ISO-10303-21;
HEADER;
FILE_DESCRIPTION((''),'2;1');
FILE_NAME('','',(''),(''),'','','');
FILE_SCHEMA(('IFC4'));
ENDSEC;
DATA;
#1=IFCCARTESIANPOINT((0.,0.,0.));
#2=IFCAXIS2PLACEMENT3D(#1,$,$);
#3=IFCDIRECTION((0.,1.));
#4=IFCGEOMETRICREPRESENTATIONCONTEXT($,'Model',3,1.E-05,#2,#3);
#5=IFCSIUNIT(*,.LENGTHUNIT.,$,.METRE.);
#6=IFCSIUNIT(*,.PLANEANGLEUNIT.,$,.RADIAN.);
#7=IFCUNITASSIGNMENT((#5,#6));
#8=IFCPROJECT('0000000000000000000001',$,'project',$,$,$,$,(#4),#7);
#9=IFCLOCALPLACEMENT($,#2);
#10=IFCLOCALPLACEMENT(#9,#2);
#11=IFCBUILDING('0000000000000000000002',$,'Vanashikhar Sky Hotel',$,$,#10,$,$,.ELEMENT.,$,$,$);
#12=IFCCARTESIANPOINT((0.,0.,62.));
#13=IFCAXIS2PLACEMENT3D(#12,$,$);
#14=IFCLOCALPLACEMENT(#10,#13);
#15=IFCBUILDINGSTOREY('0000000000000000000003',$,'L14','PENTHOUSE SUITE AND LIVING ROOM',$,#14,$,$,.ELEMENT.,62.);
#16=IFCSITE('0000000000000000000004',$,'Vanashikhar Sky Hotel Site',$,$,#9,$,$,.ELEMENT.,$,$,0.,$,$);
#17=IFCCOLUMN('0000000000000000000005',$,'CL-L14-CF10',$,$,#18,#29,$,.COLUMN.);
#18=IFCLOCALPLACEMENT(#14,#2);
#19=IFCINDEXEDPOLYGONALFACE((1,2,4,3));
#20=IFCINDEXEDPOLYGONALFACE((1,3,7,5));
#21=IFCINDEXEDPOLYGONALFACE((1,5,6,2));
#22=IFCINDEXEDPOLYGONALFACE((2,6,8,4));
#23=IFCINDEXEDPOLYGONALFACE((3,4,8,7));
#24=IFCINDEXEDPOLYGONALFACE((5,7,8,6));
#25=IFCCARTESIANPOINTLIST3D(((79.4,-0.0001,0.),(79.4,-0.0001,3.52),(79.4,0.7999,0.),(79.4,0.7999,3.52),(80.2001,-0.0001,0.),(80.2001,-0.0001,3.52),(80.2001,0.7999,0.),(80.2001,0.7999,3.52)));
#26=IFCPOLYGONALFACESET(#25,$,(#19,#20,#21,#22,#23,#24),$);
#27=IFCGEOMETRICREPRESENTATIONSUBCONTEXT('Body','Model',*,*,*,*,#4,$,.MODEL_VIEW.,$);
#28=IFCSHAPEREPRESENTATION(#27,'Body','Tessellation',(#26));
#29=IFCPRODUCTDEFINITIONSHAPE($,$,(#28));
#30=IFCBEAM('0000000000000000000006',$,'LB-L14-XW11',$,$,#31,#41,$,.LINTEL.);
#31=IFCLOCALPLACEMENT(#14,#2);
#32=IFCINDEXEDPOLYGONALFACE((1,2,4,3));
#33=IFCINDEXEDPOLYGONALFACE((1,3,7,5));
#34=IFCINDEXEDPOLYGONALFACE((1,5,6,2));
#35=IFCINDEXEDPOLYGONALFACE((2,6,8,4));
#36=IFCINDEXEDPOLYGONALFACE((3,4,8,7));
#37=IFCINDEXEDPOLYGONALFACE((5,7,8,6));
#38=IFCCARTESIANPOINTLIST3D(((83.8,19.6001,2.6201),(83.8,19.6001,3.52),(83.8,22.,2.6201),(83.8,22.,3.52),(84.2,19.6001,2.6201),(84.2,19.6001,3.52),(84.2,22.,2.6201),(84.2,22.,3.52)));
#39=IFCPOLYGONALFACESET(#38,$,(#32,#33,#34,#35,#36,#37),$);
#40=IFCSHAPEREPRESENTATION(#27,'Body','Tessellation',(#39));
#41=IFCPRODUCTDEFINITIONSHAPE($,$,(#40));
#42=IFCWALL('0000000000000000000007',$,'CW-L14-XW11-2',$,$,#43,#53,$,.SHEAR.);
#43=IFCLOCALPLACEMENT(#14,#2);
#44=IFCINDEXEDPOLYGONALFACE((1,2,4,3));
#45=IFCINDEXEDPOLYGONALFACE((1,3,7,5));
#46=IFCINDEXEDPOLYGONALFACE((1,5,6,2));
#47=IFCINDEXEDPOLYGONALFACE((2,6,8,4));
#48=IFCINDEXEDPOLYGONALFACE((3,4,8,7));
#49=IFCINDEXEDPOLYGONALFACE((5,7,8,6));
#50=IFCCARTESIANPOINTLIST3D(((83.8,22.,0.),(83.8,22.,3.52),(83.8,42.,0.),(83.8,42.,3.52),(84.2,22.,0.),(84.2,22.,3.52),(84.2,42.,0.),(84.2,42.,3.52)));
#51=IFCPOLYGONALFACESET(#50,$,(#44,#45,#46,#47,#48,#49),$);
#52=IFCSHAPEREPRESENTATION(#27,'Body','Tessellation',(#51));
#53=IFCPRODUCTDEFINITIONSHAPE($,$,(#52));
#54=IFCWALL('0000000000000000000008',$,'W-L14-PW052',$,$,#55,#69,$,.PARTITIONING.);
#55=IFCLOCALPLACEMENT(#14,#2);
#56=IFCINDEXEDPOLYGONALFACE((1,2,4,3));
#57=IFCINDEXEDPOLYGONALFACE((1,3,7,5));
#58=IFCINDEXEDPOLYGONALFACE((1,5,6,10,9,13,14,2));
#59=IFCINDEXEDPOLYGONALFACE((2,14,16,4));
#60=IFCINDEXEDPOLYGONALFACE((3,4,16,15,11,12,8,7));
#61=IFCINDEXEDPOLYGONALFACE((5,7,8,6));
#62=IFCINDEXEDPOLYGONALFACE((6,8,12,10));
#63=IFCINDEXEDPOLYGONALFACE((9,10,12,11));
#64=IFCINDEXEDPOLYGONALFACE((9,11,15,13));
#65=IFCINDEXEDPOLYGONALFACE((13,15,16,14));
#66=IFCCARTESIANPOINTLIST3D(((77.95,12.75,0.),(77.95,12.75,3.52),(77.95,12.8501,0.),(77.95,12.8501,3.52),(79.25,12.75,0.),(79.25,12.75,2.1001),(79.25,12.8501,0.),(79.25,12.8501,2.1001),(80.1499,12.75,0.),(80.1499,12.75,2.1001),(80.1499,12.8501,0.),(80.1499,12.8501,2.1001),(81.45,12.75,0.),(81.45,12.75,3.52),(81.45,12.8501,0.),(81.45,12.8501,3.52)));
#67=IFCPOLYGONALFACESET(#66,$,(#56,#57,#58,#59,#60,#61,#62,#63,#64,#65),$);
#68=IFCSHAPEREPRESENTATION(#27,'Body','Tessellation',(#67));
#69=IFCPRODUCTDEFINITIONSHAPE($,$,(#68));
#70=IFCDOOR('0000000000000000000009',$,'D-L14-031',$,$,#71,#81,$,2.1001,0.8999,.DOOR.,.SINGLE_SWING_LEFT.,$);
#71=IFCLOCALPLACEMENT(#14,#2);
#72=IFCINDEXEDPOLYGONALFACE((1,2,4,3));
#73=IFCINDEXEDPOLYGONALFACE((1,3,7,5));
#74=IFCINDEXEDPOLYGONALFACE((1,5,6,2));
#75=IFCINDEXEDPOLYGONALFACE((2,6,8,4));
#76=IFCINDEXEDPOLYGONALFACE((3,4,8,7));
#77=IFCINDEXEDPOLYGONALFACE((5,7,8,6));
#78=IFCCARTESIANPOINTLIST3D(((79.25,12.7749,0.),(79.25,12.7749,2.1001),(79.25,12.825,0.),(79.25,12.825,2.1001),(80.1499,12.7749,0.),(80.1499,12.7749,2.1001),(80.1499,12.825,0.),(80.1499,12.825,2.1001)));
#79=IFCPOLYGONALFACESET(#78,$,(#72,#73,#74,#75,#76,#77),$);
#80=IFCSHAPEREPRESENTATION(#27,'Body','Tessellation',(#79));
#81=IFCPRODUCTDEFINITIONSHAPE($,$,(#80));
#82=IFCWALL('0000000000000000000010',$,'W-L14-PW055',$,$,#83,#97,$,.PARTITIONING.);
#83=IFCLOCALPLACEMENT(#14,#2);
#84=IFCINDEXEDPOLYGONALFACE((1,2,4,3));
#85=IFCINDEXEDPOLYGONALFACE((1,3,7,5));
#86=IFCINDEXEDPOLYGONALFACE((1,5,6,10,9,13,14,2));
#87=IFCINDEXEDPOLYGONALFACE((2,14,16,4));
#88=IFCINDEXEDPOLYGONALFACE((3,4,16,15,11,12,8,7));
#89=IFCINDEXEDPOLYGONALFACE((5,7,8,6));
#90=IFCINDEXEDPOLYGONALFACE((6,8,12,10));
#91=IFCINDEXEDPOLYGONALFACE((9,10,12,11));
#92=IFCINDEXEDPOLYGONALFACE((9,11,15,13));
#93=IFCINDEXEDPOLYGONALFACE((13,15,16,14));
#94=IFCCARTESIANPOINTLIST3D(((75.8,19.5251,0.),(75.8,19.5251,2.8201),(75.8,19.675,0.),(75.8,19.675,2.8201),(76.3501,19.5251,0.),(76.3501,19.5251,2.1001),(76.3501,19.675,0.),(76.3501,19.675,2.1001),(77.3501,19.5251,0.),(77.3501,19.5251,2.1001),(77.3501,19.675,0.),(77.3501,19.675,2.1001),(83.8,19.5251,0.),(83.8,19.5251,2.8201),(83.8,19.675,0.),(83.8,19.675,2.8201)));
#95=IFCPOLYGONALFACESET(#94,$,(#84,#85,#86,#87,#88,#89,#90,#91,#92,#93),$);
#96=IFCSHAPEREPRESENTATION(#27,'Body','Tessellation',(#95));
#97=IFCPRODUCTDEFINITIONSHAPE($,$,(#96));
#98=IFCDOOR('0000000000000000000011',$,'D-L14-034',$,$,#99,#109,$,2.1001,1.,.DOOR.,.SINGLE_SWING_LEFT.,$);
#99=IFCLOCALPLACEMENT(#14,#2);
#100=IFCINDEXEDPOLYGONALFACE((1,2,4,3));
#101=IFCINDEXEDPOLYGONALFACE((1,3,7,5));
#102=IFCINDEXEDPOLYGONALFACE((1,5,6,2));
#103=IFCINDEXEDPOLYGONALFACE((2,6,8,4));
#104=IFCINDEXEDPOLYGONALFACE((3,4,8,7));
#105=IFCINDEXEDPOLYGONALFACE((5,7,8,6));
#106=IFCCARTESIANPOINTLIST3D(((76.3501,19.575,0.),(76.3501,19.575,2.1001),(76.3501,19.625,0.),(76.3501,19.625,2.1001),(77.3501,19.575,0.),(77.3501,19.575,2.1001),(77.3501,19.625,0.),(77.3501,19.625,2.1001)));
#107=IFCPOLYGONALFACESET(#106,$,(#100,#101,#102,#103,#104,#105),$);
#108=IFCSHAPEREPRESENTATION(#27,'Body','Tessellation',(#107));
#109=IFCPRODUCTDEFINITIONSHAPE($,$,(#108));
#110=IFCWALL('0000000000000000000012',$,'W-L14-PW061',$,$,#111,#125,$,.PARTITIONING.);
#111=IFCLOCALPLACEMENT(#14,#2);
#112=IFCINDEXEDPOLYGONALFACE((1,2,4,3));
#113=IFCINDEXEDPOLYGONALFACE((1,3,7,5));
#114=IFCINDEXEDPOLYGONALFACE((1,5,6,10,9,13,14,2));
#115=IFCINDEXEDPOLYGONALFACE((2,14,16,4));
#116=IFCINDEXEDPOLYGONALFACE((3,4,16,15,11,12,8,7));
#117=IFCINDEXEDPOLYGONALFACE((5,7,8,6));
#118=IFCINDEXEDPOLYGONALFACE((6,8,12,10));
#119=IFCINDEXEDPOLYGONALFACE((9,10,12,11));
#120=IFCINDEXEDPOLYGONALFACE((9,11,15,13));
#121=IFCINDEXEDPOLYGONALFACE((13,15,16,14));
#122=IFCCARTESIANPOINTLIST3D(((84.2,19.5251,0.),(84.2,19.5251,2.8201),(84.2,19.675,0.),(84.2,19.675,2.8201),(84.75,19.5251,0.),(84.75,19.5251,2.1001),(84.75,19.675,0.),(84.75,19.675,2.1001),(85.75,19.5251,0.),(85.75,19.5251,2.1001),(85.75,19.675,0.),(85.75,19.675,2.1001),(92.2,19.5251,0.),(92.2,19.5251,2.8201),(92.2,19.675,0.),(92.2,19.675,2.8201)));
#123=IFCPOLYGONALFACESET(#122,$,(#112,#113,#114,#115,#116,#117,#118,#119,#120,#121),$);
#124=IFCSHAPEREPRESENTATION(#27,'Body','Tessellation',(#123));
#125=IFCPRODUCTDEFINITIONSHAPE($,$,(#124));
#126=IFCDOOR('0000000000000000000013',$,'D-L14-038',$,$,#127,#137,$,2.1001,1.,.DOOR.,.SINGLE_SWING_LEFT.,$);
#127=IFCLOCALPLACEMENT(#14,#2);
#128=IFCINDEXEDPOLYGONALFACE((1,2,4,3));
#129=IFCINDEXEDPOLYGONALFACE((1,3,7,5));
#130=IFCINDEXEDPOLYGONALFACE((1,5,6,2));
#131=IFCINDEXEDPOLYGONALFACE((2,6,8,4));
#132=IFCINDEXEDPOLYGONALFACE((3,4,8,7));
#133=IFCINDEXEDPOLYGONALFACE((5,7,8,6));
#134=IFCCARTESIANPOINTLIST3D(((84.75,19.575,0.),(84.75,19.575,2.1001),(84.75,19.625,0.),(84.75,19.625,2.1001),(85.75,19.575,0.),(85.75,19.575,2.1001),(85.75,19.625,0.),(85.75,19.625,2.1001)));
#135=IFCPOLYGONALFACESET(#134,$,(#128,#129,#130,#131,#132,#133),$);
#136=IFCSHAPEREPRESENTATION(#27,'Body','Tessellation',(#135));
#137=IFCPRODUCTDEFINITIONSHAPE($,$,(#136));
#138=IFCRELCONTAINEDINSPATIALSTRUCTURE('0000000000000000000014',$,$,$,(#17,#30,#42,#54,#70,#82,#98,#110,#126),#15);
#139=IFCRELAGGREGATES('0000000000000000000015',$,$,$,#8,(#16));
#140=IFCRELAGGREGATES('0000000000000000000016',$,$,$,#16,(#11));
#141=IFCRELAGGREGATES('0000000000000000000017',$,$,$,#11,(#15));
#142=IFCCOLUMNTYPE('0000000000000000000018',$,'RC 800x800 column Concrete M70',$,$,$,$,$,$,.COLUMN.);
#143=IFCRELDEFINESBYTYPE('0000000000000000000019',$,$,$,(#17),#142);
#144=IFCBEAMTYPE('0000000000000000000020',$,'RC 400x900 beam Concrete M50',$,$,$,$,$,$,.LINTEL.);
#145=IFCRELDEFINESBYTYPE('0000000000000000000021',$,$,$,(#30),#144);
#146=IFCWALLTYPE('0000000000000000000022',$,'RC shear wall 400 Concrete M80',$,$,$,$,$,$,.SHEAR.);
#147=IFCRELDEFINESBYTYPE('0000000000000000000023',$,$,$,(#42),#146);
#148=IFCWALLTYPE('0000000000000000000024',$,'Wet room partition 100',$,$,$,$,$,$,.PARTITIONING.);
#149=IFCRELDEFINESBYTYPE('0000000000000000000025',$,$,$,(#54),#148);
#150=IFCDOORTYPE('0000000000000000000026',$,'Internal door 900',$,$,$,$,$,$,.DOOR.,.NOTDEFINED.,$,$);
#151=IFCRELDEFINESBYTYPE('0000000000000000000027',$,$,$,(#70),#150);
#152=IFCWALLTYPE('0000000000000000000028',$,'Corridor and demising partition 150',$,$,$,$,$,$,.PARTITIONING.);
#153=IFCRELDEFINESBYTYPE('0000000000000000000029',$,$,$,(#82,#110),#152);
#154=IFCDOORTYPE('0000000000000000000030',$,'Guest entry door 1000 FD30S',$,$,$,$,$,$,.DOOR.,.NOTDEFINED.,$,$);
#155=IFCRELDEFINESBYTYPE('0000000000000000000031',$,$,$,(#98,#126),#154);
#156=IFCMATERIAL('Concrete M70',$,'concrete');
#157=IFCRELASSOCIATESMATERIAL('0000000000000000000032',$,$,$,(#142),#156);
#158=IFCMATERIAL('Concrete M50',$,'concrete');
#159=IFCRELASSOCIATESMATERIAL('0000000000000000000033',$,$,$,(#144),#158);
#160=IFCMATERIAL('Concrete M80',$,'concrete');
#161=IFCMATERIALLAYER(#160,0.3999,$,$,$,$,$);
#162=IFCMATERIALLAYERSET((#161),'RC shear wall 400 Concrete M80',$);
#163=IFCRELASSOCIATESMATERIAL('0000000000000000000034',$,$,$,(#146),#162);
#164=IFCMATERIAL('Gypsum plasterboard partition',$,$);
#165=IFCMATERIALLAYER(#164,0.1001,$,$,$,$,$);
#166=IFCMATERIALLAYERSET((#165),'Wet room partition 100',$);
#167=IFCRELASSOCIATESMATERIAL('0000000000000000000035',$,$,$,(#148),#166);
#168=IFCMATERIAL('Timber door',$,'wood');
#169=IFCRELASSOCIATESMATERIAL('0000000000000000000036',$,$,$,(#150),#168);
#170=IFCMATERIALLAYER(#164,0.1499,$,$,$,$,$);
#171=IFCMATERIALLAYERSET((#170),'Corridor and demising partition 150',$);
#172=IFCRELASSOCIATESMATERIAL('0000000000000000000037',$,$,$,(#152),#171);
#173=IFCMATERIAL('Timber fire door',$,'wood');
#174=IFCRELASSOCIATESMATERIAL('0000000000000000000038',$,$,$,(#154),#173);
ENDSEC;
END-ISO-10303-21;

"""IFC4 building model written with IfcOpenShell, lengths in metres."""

from ifc_helpers import new_model, si_unit, direction, frame, frame_2d, origin, origin_2d, place, context, subcontext, project, spatial, rectangle, extrude, source, transform, mapped, material, layer, layer_set, material_profile, profile_set, type_object, element, fill, save


model = new_model("IFC4")

# Units and contexts
model_context = context("Model", 3, precision=1e-05, world=origin(), true_north=direction((0.0, 1.0)))
body_context = subcontext(model_context, "Body", "Model", "MODEL_VIEW")
ifc_project = project(units=[si_unit("LENGTHUNIT", "METRE"), si_unit("PLANEANGLEUNIT", "RADIAN")], contexts=[model_context])

# Site, building, storey
site_placement = place(None, origin())
site = spatial("IfcSite", under=ifc_project, at=site_placement, Name="Vanashikhar Sky Hotel Site", CompositionType="ELEMENT", RefElevation=0.0)
building_placement = place(site_placement, origin())
building = spatial("IfcBuilding", under=site, at=building_placement, Name="Vanashikhar Sky Hotel", CompositionType="ELEMENT")
storey_placement = place(building_placement, frame((0.0, 0.0, 62.0)))
storey = spatial("IfcBuildingStorey", under=building, at=storey_placement, Name="L14", Description="PENTHOUSE SUITE AND LIVING ROOM", CompositionType="ELEMENT", Elevation=62.0)

# Column
ifc_material_1 = material(Name="Concrete M70", Category="concrete")
ifc_material_profile_1 = material_profile(ifc_material_1, rectangle(XDim=0.8, YDim=0.8, at=origin_2d()))
ifc_profile_set_1 = profile_set([ifc_material_profile_1], Name="RC 800x800 column Concrete M70")
column_type = type_object("IfcColumnType", Name="RC 800x800 column Concrete M70", PredefinedType="COLUMN", material=ifc_profile_set_1)
shared_shape_1 = source(origin(), body_context, "Body", "SweptSolid", [
    extrude(rectangle(XDim=0.8, YDim=0.8, at=origin_2d()), origin(), (0.0, 0.0, 1.0), 3.52),
])
column_placement = place(storey_placement, frame((79.8, 0.3999, 0.0), z_axis=(0.0, 0.0, 1.0), x_axis=(1.0, 0.0, 0.0)))
element("IfcColumn", 1, at=column_placement, inside=storey, type_object=column_type, Name="CL-L14-CF10", PredefinedType="COLUMN", context=body_context, shape_type="MappedRepresentation", body=[
    mapped(shared_shape_1, transform((0.0, 0.0, 0.0), scale=1.0)),
])

# Beam
ifc_material_2 = material(Name="Concrete M50", Category="concrete")
ifc_material_profile_2 = material_profile(ifc_material_2, rectangle(XDim=0.3999, YDim=0.8999, at=origin_2d()))
ifc_profile_set_2 = profile_set([ifc_material_profile_2], Name="RC 400x900 beam Concrete M50")
beam_type = type_object("IfcBeamType", Name="RC 400x900 beam Concrete M50", PredefinedType="LINTEL", material=ifc_profile_set_2)
shared_shape_2 = source(origin(), body_context, "Body", "SweptSolid", [
    extrude(rectangle(XDim=0.3999, YDim=0.8999, at=origin_2d()), origin(), (0.0, 0.0, 1.0), 2.3999),
])
beam_placement = place(storey_placement, frame((84.0, 19.6001, 3.0701), z_axis=(0.0, 1.0, 0.0), x_axis=(-1.0, 0.0, 0.0)))
element("IfcBeam", 2, at=beam_placement, inside=storey, type_object=beam_type, Name="LB-L14-XW11", PredefinedType="LINTEL", context=body_context, shape_type="MappedRepresentation", body=[
    mapped(shared_shape_2, transform((0.0, 0.0, 0.0), scale=1.0)),
])

# Wall
ifc_material_3 = material(Name="Concrete M80", Category="concrete")
ifc_layer_1 = layer(ifc_material_3, 0.3999)
ifc_layer_set_1 = layer_set([ifc_layer_1], Name="RC shear wall 400 Concrete M80")
wall_type_1 = type_object("IfcWallType", Name="RC shear wall 400 Concrete M80", PredefinedType="SHEAR", material=ifc_layer_set_1)
shared_shape_3 = source(origin(), body_context, "Body", "SweptSolid", [
    extrude(rectangle(XDim=20.0, YDim=0.3999, at=frame_2d((10.0, 0.0))), origin(), (0.0, 0.0, 1.0), 3.52),
])
wall_1_placement = place(storey_placement, frame((84.0, 22.0, 0.0), z_axis=(0.0, 0.0, 1.0), x_axis=(0.0, 1.0, 0.0)))
element("IfcWall", 3, at=wall_1_placement, inside=storey, type_object=wall_type_1, Name="CW-L14-XW11-2", PredefinedType="SHEAR", context=body_context, shape_type="MappedRepresentation", body=[
    mapped(shared_shape_3, transform((0.0, 0.0, 0.0), scale=1.0)),
])

# Walls, openings, doors
ifc_material_4 = material(Name="Gypsum plasterboard partition")
ifc_layer_2 = layer(ifc_material_4, 0.1001)
ifc_layer_set_2 = layer_set([ifc_layer_2], Name="Wet room partition 100")
wall_type_2 = type_object("IfcWallType", Name="Wet room partition 100", PredefinedType="PARTITIONING", material=ifc_layer_set_2)
shared_shape_4 = source(origin(), body_context, "Body", "SweptSolid", [
    extrude(rectangle(XDim=3.5, YDim=0.1001, at=frame_2d((1.75, 0.0))), origin(), (0.0, 0.0, 1.0), 3.52),
])
wall_2_placement = place(storey_placement, frame((77.95, 12.8, 0.0), z_axis=(0.0, 0.0, 1.0), x_axis=(1.0, 0.0, 0.0)))
wall_2 = element("IfcWall", 4, at=wall_2_placement, inside=storey, type_object=wall_type_2, Name="W-L14-PW052", PredefinedType="PARTITIONING", context=body_context, shape_type="MappedRepresentation", body=[
    mapped(shared_shape_4, transform((0.0, 0.0, 0.0), scale=1.0)),
])
shared_shape_5 = source(origin(), body_context, "Body", "SweptSolid", [
    extrude(rectangle(XDim=0.8999, YDim=2.1001, at=frame_2d((0.45, 1.05))), frame((0.0, 0.0601, 0.0), z_axis=(0.0, -1.0, 0.0), x_axis=(1.0, 0.0, 0.0)), (0.0, 0.0, 1.0), 0.1201),
])
opening_1_placement = place(wall_2_placement, frame((1.3, 0.0, 0.0)))
opening_1 = element("IfcOpeningElement", 5, at=opening_1_placement, cuts=wall_2, PredefinedType="OPENING", context=body_context, shape_type="MappedRepresentation", body=[
    mapped(shared_shape_5, transform((0.0, 0.0, 0.0), scale=1.0)),
])
ifc_material_5 = material(Name="Timber door", Category="wood")
door_type_1 = type_object("IfcDoorType", Name="Internal door 900", OperationType="NOTDEFINED", PredefinedType="DOOR", material=ifc_material_5)
shared_shape_6 = source(origin(), body_context, "Body", "SweptSolid", [
    extrude(rectangle(XDim=0.8999, YDim=2.1001, at=frame_2d((0.45, 1.05))), frame((0.0, 0.0249, 0.0), z_axis=(0.0, -1.0, 0.0), x_axis=(1.0, 0.0, 0.0)), (0.0, 0.0, 1.0), 0.05),
])
door_1_placement = place(opening_1_placement, origin())
door_1 = element("IfcDoor", 6, at=door_1_placement, inside=storey, type_object=door_type_1, Name="D-L14-031", OperationType="SINGLE_SWING_LEFT", OverallHeight=2.1001, OverallWidth=0.8999, PredefinedType="DOOR", context=body_context, shape_type="MappedRepresentation", body=[
    mapped(shared_shape_6, transform((0.0, 0.0, 0.0), scale=1.0)),
])
fill(opening_1, door_1)
ifc_layer_3 = layer(ifc_material_4, 0.1499)
ifc_layer_set_3 = layer_set([ifc_layer_3], Name="Corridor and demising partition 150")
wall_type_3 = type_object("IfcWallType", Name="Corridor and demising partition 150", PredefinedType="PARTITIONING", material=ifc_layer_set_3)
shared_shape_7 = source(origin(), body_context, "Body", "SweptSolid", [
    extrude(rectangle(XDim=8.0, YDim=0.1499, at=frame_2d((4.0, 0.0))), origin(), (0.0, 0.0, 1.0), 2.8201),
])
wall_3_placement = place(storey_placement, frame((75.8, 19.6001, 0.0), z_axis=(0.0, 0.0, 1.0), x_axis=(1.0, 0.0, 0.0)))
wall_3 = element("IfcWall", 7, at=wall_3_placement, inside=storey, type_object=wall_type_3, Name="W-L14-PW055", PredefinedType="PARTITIONING", context=body_context, shape_type="MappedRepresentation", body=[
    mapped(shared_shape_7, transform((0.0, 0.0, 0.0), scale=1.0)),
])
shared_shape_8 = source(origin(), body_context, "Body", "SweptSolid", [
    extrude(rectangle(XDim=1.0, YDim=2.1001, at=frame_2d((0.5, 1.05))), frame((0.0, 0.085, 0.0), z_axis=(0.0, -1.0, 0.0), x_axis=(1.0, 0.0, 0.0)), (0.0, 0.0, 1.0), 0.1699),
])
opening_2_placement = place(wall_3_placement, frame((0.55, 0.0, 0.0)))
opening_2 = element("IfcOpeningElement", 8, at=opening_2_placement, cuts=wall_3, PredefinedType="OPENING", context=body_context, shape_type="MappedRepresentation", body=[
    mapped(shared_shape_8, transform((0.0, 0.0, 0.0), scale=1.0)),
])
ifc_material_6 = material(Name="Timber fire door", Category="wood")
door_type_2 = type_object("IfcDoorType", Name="Guest entry door 1000 FD30S", OperationType="NOTDEFINED", PredefinedType="DOOR", material=ifc_material_6)
shared_shape_9 = source(origin(), body_context, "Body", "SweptSolid", [
    extrude(rectangle(XDim=1.0, YDim=2.1001, at=frame_2d((0.5, 1.05))), frame((0.0, 0.0249, 0.0), z_axis=(0.0, -1.0, 0.0), x_axis=(1.0, 0.0, 0.0)), (0.0, 0.0, 1.0), 0.05),
])
door_2_placement = place(opening_2_placement, origin())
door_2 = element("IfcDoor", 9, at=door_2_placement, inside=storey, type_object=door_type_2, Name="D-L14-034", OperationType="SINGLE_SWING_LEFT", OverallHeight=2.1001, OverallWidth=1.0, PredefinedType="DOOR", context=body_context, shape_type="MappedRepresentation", body=[
    mapped(shared_shape_9, transform((0.0, 0.0, 0.0), scale=1.0)),
])
fill(opening_2, door_2)
wall_4_placement = place(storey_placement, frame((84.2, 19.6001, 0.0), z_axis=(0.0, 0.0, 1.0), x_axis=(1.0, 0.0, 0.0)))
wall_4 = element("IfcWall", 10, at=wall_4_placement, inside=storey, type_object=wall_type_3, Name="W-L14-PW061", PredefinedType="PARTITIONING", context=body_context, shape_type="MappedRepresentation", body=[
    mapped(shared_shape_7, transform((0.0, 0.0, 0.0), scale=1.0)),
])
opening_3_placement = place(wall_4_placement, frame((0.55, 0.0, 0.0)))
opening_3 = element("IfcOpeningElement", 11, at=opening_3_placement, cuts=wall_4, PredefinedType="OPENING", context=body_context, shape_type="MappedRepresentation", body=[
    mapped(shared_shape_8, transform((0.0, 0.0, 0.0), scale=1.0)),
])
door_3_placement = place(opening_3_placement, origin())
door_3 = element("IfcDoor", 12, at=door_3_placement, inside=storey, type_object=door_type_2, Name="D-L14-038", OperationType="SINGLE_SWING_LEFT", OverallHeight=2.1001, OverallWidth=1.0, PredefinedType="DOOR", context=body_context, shape_type="MappedRepresentation", body=[
    mapped(shared_shape_9, transform((0.0, 0.0, 0.0), scale=1.0)),
])
fill(opening_3, door_3)

save(model, "model.ifc")
